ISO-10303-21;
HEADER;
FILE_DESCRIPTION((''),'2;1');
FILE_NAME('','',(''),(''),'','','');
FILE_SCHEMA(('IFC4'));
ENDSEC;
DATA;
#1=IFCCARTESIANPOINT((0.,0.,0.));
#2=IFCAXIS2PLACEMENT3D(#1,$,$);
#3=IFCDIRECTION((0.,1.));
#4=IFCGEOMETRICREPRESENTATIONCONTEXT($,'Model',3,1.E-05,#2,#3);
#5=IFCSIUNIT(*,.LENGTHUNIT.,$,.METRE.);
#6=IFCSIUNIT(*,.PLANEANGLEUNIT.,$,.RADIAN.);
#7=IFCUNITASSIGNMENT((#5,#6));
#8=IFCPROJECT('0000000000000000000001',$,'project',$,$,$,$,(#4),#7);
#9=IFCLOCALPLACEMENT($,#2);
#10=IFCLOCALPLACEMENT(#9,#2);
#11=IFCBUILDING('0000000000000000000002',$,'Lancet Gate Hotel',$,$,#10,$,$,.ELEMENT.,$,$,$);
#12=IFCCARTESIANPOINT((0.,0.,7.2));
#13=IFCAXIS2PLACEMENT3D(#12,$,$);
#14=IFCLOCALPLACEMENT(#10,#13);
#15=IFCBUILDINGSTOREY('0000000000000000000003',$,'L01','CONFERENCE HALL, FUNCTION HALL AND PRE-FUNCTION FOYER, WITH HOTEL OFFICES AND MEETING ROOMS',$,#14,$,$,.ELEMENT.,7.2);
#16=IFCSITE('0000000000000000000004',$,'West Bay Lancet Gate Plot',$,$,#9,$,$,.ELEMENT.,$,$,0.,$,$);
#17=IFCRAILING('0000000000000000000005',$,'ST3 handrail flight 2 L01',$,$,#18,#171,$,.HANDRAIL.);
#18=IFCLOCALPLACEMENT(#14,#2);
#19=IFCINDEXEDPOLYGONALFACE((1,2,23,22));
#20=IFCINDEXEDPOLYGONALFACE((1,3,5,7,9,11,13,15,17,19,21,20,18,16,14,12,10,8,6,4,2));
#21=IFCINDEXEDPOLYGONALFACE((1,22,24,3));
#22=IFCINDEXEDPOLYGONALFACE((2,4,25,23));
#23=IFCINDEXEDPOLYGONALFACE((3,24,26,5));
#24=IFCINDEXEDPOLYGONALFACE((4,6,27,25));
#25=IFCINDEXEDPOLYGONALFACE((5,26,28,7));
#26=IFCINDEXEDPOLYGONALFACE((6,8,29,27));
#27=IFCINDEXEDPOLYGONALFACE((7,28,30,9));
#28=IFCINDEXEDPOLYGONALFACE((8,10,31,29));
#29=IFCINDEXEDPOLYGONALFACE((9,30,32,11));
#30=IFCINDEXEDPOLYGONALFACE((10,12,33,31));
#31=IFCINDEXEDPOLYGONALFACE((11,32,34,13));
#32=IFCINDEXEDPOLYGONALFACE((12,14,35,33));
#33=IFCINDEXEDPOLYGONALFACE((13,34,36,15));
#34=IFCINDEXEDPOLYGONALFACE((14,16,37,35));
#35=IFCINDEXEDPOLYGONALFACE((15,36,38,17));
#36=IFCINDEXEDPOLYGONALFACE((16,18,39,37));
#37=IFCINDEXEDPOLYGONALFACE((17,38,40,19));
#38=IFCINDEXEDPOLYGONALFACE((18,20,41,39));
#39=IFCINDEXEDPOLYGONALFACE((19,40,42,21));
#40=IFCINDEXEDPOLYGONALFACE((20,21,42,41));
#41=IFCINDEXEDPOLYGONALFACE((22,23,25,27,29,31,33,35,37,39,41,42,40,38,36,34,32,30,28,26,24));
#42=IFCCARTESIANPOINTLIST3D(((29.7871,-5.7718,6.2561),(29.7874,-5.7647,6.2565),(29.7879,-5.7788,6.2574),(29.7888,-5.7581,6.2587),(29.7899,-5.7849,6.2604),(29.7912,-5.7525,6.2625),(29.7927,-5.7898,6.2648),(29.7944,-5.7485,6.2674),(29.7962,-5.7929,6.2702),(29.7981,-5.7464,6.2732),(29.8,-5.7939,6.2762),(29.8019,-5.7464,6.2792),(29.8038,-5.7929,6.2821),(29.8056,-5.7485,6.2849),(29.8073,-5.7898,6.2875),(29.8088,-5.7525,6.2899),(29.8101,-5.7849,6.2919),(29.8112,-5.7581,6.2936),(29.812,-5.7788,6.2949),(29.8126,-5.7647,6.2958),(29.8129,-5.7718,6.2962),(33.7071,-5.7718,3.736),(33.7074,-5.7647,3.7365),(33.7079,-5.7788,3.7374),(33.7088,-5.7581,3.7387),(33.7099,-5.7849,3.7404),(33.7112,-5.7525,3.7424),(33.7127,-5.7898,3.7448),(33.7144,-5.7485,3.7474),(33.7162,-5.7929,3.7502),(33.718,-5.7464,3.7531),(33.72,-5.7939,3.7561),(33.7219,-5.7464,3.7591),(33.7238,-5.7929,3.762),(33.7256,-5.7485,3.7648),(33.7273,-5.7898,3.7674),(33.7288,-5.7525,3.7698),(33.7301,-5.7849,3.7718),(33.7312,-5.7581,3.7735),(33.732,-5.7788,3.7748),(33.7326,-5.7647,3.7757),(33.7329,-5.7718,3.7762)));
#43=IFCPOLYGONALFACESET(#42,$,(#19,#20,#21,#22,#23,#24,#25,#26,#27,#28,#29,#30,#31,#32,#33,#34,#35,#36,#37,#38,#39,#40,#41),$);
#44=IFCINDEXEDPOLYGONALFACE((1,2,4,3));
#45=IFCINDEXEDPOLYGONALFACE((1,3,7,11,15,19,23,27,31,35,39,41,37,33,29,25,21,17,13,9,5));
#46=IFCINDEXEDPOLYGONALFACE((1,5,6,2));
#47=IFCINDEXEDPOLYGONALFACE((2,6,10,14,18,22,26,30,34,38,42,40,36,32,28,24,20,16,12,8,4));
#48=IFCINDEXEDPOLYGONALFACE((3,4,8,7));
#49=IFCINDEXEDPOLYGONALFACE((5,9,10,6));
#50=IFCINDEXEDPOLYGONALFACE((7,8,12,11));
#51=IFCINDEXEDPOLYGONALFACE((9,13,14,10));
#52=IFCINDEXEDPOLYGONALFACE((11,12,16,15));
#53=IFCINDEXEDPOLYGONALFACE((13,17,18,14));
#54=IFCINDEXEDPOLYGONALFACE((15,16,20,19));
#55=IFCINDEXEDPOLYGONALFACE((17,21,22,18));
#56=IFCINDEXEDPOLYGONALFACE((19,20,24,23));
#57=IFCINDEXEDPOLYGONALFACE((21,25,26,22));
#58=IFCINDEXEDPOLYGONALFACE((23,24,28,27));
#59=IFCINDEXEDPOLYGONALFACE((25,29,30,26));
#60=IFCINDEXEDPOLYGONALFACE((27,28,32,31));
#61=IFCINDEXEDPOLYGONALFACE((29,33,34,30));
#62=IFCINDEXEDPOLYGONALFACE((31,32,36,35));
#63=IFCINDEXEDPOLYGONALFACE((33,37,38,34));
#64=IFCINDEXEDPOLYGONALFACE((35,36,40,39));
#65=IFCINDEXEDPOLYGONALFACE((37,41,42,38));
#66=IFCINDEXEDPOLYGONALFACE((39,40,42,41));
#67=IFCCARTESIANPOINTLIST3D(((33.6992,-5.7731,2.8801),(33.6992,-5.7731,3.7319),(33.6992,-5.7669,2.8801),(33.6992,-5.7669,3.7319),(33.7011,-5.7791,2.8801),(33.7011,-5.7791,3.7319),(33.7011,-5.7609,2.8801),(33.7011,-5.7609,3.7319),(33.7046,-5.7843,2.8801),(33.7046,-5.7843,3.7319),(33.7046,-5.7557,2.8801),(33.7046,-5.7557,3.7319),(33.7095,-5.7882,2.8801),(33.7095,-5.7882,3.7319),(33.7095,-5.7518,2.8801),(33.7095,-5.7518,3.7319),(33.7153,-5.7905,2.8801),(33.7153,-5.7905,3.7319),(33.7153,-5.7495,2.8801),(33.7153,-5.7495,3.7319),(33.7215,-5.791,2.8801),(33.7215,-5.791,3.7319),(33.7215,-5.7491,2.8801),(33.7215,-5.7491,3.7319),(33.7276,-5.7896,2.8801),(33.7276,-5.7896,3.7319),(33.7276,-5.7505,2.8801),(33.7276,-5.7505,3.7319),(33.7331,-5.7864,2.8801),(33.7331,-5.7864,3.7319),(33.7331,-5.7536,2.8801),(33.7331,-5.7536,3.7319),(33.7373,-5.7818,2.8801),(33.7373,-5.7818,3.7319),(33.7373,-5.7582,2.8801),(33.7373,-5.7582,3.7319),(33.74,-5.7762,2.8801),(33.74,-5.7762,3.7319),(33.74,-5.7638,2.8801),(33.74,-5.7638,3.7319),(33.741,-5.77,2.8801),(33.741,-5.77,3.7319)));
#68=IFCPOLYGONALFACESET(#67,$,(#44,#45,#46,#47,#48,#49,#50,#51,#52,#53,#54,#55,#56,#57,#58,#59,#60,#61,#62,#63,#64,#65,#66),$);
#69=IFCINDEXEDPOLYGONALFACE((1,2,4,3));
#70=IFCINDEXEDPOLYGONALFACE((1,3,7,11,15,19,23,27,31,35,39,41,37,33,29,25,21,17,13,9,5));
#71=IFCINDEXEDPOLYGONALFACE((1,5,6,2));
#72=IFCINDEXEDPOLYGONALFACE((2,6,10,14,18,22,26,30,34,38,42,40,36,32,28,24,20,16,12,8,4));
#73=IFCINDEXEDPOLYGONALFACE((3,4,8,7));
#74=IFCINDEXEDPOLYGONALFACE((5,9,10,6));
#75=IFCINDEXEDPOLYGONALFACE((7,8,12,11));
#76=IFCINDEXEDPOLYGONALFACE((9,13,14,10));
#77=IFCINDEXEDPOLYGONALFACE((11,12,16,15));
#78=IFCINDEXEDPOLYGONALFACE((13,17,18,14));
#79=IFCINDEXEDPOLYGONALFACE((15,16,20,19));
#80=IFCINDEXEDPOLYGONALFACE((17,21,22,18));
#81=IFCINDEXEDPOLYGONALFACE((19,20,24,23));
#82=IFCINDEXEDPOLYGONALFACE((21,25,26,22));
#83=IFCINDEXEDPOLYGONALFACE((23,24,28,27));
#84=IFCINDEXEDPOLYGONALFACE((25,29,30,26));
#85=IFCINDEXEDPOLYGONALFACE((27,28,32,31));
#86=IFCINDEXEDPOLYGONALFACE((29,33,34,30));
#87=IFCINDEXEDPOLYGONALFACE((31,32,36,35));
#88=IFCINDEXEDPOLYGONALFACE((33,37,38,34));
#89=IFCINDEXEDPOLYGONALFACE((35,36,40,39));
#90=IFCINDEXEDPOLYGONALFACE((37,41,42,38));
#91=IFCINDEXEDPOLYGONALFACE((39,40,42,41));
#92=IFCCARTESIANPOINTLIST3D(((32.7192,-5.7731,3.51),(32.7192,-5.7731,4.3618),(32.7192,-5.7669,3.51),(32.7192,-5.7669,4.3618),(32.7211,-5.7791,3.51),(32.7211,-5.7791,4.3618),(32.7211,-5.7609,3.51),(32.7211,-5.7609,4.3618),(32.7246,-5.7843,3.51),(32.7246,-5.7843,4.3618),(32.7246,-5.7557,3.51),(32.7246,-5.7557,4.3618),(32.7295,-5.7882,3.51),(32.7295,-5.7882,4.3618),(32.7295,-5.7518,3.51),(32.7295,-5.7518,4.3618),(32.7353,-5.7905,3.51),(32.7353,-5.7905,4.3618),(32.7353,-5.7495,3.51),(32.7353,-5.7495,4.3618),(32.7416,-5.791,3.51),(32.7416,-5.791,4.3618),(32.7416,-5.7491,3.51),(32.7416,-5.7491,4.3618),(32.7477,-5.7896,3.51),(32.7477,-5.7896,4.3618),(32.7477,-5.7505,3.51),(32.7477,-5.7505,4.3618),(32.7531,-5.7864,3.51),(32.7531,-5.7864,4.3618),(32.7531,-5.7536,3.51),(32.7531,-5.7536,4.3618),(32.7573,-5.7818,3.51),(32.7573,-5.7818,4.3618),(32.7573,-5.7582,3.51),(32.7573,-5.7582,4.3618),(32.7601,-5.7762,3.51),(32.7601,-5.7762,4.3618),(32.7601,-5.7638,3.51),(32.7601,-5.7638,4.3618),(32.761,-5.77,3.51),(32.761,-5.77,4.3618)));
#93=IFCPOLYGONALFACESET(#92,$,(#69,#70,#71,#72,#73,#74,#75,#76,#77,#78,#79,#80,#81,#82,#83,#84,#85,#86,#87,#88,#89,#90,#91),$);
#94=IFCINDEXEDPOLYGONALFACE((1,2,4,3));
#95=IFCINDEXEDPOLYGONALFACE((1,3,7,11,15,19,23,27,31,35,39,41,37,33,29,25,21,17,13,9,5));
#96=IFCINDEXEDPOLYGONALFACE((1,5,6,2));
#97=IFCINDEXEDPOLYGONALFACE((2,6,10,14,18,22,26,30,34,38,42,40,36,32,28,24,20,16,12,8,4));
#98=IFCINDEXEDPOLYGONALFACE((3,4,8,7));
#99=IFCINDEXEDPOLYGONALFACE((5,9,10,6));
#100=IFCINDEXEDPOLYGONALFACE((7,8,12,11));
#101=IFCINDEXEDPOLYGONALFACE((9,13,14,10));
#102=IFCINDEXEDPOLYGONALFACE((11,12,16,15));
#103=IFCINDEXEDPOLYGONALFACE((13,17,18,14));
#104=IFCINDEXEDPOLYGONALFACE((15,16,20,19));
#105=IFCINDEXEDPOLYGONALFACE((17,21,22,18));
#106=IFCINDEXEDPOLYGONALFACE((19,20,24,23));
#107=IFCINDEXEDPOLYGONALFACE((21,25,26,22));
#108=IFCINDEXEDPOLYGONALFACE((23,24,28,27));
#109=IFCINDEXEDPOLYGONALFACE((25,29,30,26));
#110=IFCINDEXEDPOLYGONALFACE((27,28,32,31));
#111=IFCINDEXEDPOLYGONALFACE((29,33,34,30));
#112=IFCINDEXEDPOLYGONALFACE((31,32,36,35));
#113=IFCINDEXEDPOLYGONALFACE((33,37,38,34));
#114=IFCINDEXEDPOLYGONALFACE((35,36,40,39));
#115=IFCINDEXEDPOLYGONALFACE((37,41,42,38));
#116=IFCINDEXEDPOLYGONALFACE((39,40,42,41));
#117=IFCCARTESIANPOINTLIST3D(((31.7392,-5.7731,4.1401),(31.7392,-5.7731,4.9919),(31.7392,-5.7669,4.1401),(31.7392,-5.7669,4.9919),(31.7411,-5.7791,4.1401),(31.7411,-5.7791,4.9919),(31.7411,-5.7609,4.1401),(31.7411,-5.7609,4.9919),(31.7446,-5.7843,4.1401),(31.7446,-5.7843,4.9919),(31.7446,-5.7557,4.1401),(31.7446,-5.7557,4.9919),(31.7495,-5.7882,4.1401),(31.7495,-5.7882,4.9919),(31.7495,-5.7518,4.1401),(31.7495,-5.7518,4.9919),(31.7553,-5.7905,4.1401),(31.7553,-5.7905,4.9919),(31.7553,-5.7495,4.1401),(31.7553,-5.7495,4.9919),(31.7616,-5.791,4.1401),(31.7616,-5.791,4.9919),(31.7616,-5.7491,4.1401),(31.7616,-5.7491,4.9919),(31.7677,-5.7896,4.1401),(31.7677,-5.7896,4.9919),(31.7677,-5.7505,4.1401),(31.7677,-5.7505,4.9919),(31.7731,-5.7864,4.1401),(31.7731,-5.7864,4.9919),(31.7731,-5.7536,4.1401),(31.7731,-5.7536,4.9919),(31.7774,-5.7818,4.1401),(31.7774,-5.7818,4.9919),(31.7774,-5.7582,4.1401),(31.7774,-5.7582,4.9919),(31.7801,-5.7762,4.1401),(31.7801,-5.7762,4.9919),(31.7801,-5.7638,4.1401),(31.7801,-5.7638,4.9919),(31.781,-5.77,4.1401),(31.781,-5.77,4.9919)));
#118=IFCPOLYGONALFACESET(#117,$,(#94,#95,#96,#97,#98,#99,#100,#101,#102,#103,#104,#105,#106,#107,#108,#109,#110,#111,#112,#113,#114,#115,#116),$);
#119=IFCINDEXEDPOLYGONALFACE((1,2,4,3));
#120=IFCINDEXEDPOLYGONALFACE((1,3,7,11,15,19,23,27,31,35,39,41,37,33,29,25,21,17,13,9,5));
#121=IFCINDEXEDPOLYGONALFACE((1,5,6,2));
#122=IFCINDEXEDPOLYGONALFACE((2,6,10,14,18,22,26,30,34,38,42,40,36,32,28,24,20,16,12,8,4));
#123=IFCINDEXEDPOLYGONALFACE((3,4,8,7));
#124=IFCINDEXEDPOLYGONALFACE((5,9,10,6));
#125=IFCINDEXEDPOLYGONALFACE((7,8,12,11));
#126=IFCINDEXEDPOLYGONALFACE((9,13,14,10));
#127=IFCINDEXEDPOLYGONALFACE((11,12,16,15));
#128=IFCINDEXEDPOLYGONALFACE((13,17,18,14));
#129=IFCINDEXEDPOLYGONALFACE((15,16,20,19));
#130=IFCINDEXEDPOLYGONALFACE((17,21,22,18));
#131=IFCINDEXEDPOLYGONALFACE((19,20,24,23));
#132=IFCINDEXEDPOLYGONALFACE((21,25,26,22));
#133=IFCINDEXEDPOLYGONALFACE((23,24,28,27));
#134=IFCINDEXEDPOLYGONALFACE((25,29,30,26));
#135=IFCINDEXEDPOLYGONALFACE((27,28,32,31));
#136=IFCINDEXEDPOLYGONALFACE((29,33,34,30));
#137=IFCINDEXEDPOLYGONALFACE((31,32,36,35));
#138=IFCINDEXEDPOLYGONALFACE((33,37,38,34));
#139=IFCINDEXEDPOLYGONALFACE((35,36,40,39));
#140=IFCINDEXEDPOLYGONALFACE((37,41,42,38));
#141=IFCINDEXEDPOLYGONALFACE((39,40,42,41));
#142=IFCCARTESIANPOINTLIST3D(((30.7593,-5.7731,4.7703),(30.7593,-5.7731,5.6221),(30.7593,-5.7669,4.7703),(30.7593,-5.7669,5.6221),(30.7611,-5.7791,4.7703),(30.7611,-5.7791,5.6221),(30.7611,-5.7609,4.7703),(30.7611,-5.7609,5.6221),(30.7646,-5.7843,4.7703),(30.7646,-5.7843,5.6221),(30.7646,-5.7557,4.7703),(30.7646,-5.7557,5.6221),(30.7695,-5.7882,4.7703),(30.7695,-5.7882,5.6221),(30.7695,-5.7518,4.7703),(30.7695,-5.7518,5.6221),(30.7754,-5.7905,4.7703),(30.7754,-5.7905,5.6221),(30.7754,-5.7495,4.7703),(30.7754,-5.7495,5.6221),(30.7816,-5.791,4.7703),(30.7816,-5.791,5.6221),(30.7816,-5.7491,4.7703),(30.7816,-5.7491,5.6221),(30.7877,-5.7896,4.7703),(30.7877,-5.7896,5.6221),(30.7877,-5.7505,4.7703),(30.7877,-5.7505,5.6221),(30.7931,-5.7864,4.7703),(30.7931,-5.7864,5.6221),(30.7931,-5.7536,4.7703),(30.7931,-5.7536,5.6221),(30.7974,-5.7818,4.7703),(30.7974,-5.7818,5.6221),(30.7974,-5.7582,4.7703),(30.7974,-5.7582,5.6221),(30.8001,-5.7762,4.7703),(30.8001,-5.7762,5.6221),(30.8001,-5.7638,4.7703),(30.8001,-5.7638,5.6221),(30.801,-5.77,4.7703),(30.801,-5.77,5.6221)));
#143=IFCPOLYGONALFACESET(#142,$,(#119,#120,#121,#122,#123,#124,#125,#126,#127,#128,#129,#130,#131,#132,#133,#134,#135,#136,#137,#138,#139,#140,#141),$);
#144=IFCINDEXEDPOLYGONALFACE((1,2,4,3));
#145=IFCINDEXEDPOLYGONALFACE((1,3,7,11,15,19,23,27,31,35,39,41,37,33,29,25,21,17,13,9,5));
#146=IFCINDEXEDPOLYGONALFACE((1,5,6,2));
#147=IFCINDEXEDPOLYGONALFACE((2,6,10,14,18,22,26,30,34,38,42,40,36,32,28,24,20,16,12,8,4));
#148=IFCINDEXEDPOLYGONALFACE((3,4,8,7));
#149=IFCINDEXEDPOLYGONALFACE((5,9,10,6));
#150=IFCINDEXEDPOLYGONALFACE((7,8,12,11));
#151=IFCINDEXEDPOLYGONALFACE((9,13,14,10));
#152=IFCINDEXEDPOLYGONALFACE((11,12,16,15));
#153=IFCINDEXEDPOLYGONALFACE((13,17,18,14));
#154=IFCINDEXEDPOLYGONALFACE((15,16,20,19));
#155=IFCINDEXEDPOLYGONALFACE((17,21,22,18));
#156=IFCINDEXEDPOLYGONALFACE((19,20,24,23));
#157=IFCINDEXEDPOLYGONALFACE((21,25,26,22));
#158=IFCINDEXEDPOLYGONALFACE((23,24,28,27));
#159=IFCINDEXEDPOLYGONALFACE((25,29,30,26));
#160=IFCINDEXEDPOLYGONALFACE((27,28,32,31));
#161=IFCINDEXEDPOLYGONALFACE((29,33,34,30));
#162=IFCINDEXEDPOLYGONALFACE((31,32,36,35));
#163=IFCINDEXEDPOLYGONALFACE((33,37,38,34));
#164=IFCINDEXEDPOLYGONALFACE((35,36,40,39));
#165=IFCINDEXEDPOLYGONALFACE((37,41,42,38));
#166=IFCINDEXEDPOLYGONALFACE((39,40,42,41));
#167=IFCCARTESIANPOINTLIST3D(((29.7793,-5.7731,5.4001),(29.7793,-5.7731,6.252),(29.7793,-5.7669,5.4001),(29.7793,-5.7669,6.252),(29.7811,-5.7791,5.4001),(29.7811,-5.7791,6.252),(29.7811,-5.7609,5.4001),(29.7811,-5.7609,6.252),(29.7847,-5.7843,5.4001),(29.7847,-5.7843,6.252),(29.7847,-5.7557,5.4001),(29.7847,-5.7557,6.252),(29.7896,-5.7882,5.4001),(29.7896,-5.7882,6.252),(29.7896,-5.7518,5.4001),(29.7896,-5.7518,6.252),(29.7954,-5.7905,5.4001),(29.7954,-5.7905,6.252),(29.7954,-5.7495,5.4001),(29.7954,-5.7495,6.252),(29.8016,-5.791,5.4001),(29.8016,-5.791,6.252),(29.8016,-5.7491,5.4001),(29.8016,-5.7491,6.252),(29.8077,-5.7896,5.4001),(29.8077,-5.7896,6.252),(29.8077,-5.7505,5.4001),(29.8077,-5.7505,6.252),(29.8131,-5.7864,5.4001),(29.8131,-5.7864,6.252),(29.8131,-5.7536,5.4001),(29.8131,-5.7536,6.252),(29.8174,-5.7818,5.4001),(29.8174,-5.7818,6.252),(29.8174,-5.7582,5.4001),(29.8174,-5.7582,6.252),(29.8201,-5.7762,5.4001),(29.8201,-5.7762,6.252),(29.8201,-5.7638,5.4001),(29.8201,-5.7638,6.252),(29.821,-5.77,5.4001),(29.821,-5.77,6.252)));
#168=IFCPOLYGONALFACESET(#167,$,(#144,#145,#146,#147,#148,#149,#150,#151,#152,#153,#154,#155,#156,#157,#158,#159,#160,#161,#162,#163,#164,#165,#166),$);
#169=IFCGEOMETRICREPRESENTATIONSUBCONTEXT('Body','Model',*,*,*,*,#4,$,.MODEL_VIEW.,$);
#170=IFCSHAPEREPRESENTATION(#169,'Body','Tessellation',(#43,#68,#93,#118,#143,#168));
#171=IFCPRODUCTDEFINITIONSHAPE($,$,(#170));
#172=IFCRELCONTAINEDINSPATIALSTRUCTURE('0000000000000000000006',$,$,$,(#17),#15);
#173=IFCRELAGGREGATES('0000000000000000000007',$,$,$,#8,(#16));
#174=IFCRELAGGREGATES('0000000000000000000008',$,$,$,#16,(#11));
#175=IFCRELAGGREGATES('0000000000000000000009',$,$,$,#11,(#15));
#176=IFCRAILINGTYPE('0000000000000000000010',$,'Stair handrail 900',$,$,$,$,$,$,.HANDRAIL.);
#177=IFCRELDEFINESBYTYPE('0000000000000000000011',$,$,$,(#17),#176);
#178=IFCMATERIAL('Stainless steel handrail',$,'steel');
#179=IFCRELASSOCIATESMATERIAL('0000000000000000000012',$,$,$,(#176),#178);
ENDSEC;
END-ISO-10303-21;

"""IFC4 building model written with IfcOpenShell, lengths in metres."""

from ifc_helpers import new_model, si_unit, direction, frame, origin, origin_2d, place, context, subcontext, project, spatial, circle, extrude, material, type_object, element, save


model = new_model("IFC4")

# Units and contexts
model_context = context("Model", 3, precision=1e-05, world=origin(), true_north=direction((0.0, 1.0)))
body_context = subcontext(model_context, "Body", "Model", "MODEL_VIEW")
ifc_project = project(units=[si_unit("LENGTHUNIT", "METRE"), si_unit("PLANEANGLEUNIT", "RADIAN")], contexts=[model_context])

# Site, building, storey
site_placement = place(None, origin())
site = spatial("IfcSite", under=ifc_project, at=site_placement, Name="West Bay Lancet Gate Plot", CompositionType="ELEMENT", RefElevation=0.0)
building_placement = place(site_placement, origin())
building = spatial("IfcBuilding", under=site, at=building_placement, Name="Lancet Gate Hotel", CompositionType="ELEMENT")
storey_placement = place(building_placement, frame((0.0, 0.0, 7.2)))
storey = spatial("IfcBuildingStorey", under=building, at=storey_placement, Name="L01", Description="CONFERENCE HALL, FUNCTION HALL AND PRE-FUNCTION FOYER, WITH HOTEL OFFICES AND MEETING ROOMS", CompositionType="ELEMENT", Elevation=7.2)

# Railing
ifc_material_1 = material(Name="Stainless steel handrail", Category="steel")
railing_type = type_object("IfcRailingType", Name="Stair handrail 900", PredefinedType="HANDRAIL", material=ifc_material_1)
railing_placement = place(storey_placement, frame((33.72, -5.77, 2.8801)))
element("IfcRailing", 1, at=railing_placement, inside=storey, type_object=railing_type, Name="ST3 handrail flight 2 L01", PredefinedType="HANDRAIL", context=body_context, shape_type="SweptSolid", body=[
    extrude(circle(Radius=0.0239, at=origin_2d()), frame((0.0, 0.0, 0.876), z_axis=(-0.841172, 0.0, 0.540768), x_axis=(0.0, -1.0, 0.0)), (0.0, 0.0, 1.0), 4.6602),
    extrude(circle(Radius=0.021, at=origin_2d()), origin(), (0.0, 0.0, 1.0), 0.8518),
    extrude(circle(Radius=0.021, at=origin_2d()), frame((-0.98, 0.0, 0.6299)), (0.0, 0.0, 1.0), 0.8518),
    extrude(circle(Radius=0.021, at=origin_2d()), frame((-1.96, 0.0, 1.26)), (0.0, 0.0, 1.0), 0.8518),
    extrude(circle(Radius=0.021, at=origin_2d()), frame((-2.9399, 0.0, 1.8901)), (0.0, 0.0, 1.0), 0.8518),
    extrude(circle(Radius=0.021, at=origin_2d()), frame((-3.9199, 0.0, 2.52)), (0.0, 0.0, 1.0), 0.8518),
])

save(model, "model.ifc")
